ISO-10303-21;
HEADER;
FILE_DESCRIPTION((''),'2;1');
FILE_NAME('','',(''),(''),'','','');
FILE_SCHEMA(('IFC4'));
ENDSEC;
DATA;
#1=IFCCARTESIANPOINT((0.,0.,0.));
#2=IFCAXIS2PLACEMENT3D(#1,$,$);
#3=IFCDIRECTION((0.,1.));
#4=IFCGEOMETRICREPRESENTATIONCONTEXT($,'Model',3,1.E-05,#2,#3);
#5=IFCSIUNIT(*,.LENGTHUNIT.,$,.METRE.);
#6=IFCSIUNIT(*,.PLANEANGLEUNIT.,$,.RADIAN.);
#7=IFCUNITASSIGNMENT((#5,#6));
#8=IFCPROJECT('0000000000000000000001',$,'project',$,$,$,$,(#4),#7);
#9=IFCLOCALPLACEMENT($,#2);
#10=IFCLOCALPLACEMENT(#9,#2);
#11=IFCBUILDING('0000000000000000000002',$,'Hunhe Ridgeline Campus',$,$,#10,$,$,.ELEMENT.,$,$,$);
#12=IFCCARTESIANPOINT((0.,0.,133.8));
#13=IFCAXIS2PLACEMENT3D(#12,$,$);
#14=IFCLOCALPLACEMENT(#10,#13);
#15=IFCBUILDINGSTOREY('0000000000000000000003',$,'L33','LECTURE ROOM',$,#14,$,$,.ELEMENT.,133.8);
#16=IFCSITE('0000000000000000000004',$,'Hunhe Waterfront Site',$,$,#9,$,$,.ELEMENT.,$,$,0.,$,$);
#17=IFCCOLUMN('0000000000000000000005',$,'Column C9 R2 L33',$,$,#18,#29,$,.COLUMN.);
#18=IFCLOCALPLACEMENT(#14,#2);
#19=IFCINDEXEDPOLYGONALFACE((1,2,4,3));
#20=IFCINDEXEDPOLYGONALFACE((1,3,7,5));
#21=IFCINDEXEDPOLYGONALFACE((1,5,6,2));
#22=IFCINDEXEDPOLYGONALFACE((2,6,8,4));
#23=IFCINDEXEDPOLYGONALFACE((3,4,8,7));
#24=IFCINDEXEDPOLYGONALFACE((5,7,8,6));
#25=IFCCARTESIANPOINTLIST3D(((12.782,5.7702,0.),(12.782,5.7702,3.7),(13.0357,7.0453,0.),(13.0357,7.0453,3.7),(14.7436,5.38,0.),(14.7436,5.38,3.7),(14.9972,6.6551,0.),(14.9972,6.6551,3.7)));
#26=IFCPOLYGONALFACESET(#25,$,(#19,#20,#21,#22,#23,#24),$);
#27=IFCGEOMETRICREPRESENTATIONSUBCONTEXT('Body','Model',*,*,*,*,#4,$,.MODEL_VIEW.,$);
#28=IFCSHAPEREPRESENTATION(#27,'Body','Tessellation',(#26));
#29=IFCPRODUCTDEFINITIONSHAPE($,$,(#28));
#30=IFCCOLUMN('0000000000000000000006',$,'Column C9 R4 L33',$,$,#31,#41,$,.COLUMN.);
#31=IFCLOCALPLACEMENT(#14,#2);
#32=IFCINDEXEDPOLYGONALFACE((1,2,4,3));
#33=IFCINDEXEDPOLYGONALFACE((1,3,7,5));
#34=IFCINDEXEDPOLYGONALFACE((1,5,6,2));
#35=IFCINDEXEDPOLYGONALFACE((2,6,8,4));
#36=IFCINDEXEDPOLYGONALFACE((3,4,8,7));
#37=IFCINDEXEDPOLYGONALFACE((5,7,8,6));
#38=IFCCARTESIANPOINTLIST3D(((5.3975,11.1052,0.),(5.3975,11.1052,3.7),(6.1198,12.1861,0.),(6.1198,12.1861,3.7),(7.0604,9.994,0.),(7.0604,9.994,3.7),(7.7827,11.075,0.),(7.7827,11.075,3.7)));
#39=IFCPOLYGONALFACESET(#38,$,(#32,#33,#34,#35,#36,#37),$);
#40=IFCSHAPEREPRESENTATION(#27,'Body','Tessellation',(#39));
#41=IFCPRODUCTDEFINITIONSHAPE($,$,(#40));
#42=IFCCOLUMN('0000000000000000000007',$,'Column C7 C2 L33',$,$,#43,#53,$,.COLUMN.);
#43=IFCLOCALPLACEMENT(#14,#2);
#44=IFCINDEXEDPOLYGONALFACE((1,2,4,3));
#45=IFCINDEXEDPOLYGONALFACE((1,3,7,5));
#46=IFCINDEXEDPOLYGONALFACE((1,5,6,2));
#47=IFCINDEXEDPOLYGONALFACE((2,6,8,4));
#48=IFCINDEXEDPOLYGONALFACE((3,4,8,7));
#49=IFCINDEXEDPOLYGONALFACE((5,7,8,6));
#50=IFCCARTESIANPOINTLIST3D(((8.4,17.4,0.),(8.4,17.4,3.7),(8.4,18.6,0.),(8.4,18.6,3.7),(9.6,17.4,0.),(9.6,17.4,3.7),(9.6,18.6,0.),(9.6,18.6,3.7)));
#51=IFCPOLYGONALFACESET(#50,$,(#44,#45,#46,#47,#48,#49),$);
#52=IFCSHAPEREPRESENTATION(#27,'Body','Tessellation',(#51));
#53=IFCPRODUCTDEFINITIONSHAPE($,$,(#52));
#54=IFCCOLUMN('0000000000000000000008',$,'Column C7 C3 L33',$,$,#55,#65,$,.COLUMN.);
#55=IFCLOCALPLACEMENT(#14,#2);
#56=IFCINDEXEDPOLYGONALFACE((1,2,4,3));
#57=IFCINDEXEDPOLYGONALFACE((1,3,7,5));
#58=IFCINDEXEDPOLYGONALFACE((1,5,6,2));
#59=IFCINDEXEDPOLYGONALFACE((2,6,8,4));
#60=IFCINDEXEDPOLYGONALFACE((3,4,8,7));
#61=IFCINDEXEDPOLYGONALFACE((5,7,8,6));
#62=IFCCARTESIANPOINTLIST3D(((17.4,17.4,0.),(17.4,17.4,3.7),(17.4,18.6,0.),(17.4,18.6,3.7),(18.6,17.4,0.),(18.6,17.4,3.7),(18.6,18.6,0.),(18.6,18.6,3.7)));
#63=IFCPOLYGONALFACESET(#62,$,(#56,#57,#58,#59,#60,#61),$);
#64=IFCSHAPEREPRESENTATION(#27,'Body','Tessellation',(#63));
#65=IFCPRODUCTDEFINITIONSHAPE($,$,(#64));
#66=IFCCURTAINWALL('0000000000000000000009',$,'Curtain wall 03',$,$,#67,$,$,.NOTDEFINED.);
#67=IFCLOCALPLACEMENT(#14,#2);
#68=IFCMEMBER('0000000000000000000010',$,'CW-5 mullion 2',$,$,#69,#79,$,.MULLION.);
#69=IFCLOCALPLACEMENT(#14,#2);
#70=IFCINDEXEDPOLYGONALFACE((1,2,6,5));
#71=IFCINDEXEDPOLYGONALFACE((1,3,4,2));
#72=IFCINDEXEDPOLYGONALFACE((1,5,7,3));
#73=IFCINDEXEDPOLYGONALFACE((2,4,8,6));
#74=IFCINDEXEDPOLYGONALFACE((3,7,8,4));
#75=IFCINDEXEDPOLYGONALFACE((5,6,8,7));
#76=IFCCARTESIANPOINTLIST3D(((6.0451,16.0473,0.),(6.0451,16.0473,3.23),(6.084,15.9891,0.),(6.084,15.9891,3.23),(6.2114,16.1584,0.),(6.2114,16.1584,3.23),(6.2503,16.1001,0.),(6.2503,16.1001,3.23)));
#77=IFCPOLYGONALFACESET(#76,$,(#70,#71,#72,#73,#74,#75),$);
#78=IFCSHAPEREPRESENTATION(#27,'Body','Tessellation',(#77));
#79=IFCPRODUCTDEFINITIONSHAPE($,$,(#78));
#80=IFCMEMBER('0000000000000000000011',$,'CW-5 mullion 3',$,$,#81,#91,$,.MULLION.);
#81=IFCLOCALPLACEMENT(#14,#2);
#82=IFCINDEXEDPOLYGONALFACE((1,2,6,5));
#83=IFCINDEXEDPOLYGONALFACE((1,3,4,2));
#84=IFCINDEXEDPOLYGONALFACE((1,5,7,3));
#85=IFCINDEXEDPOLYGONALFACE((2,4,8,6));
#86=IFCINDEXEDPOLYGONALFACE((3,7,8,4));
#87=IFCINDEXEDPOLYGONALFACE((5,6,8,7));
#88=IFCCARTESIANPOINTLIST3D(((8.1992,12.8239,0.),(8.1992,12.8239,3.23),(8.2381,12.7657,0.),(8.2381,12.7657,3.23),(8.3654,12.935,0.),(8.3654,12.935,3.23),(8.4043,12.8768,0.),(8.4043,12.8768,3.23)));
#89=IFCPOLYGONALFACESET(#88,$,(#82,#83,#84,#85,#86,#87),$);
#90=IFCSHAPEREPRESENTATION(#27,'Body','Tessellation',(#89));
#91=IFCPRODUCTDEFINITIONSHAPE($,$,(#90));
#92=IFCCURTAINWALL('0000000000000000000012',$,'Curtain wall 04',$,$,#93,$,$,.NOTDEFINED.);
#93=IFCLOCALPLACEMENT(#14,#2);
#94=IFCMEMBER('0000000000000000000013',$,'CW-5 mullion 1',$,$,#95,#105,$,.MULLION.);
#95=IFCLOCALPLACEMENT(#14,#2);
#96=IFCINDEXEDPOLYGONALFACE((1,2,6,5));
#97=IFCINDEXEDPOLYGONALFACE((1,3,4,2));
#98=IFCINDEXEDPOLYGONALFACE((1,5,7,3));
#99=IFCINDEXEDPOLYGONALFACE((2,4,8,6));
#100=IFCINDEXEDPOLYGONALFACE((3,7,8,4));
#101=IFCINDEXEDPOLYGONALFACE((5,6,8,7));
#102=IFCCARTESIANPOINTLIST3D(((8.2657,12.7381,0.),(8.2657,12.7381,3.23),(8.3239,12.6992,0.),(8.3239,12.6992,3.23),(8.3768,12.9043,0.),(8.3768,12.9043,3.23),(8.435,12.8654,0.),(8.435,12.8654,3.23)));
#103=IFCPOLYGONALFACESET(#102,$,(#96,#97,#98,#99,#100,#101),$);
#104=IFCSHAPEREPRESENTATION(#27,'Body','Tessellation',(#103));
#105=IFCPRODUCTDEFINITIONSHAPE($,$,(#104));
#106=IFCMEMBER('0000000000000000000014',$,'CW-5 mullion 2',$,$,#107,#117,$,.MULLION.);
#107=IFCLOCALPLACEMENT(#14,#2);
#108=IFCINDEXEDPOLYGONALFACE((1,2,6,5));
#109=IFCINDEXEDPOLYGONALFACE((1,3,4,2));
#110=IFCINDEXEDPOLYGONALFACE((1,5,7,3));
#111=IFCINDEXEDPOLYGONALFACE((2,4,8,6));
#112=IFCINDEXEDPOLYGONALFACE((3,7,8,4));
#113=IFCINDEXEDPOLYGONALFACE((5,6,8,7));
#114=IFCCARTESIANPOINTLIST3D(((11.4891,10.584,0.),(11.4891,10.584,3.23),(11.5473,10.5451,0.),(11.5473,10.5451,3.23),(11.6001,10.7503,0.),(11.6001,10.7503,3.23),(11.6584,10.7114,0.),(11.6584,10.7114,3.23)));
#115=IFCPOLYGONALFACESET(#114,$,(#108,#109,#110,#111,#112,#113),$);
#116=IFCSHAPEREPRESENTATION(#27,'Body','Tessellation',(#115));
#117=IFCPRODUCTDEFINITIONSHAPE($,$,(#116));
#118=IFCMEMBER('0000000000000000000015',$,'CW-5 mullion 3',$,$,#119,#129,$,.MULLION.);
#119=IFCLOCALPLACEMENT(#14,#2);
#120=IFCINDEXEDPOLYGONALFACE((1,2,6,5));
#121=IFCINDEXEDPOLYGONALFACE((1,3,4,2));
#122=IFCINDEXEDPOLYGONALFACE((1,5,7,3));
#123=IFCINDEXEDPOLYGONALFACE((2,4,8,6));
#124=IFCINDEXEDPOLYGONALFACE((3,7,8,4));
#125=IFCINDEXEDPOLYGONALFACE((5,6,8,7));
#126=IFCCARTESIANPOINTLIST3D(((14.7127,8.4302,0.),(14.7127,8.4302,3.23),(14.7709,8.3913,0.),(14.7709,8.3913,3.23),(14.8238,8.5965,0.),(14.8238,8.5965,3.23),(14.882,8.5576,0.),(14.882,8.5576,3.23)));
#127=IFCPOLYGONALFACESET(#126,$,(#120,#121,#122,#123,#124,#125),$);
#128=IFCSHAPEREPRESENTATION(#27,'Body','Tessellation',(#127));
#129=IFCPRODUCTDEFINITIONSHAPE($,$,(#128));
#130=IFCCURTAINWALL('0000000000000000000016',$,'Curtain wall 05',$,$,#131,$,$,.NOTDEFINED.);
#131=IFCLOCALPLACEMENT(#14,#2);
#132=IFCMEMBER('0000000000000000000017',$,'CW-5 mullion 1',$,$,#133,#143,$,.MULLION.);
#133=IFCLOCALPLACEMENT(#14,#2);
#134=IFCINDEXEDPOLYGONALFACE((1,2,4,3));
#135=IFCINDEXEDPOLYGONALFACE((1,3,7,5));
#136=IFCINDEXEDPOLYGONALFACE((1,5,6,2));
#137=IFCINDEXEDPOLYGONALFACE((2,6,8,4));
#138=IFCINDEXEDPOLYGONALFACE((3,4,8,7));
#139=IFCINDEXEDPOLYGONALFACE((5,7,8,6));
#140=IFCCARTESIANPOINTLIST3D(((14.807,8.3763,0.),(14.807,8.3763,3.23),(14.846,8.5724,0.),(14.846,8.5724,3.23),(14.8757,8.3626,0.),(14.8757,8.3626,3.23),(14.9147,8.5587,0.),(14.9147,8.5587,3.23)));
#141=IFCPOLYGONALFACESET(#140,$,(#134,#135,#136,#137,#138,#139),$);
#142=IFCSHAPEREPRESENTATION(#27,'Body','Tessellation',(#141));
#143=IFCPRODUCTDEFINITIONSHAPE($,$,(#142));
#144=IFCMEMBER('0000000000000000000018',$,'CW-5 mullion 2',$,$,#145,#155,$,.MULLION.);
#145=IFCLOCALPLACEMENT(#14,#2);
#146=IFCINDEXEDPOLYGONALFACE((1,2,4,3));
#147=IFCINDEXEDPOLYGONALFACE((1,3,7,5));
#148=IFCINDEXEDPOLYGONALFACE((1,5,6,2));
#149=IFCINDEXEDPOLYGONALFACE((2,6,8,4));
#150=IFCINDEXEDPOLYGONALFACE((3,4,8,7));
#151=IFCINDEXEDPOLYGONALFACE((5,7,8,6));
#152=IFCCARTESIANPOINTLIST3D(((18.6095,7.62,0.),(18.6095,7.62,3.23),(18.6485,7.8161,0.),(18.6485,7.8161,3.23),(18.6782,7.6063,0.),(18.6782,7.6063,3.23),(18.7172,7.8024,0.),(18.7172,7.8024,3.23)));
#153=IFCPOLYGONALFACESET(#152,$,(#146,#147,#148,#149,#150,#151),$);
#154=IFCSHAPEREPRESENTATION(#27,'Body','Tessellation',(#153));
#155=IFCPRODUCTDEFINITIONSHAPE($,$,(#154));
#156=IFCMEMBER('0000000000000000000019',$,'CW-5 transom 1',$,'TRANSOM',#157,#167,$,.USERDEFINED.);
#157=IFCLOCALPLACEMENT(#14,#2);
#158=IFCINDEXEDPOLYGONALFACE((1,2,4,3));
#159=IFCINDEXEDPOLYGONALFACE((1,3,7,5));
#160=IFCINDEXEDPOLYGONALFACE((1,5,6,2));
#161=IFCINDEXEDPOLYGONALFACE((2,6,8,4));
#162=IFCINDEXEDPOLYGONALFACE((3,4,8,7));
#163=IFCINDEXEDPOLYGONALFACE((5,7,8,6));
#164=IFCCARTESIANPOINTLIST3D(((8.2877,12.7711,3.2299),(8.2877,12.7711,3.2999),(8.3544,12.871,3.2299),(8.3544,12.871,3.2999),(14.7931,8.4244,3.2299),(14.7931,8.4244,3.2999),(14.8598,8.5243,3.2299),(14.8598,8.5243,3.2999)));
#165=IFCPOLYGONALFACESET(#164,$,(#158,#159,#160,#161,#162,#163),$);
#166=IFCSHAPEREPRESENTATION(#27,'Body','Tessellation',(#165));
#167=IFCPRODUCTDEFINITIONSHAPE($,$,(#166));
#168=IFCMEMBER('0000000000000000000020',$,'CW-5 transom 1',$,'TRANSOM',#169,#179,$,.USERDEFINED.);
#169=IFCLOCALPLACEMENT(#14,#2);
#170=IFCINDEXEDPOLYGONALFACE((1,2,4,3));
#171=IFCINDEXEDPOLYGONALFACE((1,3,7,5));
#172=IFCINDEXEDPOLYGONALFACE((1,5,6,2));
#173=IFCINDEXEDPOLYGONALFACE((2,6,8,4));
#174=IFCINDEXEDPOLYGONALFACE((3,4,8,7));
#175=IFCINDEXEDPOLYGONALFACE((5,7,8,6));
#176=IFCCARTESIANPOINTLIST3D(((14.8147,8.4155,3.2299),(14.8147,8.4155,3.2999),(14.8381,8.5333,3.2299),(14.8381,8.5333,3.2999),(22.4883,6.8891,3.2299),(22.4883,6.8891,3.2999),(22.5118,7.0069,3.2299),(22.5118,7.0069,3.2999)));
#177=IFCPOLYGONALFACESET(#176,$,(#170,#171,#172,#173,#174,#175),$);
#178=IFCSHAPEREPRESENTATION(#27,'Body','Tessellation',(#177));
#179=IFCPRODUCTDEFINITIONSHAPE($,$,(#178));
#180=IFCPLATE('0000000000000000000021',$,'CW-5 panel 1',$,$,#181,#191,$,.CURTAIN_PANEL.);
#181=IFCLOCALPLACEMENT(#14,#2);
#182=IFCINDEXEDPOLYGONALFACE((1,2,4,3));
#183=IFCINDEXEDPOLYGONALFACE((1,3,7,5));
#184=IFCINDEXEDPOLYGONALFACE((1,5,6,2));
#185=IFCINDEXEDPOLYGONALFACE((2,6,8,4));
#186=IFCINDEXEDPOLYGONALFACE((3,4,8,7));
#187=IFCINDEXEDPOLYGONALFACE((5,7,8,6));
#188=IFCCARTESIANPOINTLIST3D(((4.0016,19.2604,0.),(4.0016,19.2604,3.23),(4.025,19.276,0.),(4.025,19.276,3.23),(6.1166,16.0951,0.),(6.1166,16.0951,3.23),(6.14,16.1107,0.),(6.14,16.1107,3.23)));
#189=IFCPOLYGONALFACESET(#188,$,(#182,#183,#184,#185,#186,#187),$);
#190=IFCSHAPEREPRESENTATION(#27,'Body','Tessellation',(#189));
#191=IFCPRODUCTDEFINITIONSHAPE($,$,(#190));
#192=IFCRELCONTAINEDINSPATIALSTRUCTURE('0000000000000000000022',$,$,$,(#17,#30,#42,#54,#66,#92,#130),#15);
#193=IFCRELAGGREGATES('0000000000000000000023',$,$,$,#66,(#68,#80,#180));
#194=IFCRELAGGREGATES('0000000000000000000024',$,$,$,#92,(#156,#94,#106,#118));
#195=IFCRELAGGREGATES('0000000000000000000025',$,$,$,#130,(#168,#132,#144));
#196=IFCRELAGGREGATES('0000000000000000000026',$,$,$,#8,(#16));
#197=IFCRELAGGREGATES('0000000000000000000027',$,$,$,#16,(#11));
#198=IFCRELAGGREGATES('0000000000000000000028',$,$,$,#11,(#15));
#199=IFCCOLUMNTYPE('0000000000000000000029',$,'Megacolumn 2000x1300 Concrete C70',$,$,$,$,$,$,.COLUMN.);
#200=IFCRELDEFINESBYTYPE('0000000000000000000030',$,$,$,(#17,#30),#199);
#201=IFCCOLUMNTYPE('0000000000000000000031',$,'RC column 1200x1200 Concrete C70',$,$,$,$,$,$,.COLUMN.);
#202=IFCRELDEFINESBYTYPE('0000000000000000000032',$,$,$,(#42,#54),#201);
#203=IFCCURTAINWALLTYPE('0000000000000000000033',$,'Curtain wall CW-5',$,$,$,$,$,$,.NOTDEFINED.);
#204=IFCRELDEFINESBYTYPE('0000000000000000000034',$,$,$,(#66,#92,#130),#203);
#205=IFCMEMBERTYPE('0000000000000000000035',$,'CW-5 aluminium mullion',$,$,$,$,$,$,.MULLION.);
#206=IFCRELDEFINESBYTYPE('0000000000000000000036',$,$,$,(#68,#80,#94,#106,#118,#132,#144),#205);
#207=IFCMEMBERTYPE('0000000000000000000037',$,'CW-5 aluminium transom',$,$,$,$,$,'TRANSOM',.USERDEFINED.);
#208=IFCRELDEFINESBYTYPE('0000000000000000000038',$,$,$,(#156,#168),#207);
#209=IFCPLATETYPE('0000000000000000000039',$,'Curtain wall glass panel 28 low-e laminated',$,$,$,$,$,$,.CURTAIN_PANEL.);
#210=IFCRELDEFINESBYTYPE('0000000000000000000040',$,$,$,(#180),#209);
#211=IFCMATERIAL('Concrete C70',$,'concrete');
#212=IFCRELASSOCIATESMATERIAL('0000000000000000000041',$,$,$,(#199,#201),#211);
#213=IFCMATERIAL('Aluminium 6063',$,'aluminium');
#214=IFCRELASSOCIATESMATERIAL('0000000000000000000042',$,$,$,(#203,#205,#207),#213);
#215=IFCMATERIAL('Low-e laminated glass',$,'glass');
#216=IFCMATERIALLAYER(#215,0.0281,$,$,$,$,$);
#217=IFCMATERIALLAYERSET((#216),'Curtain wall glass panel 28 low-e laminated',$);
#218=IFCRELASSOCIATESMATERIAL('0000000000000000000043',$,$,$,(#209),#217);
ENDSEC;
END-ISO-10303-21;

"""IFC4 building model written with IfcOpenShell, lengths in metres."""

from ifc_helpers import new_model, si_unit, direction, frame, origin, origin_2d, place, context, subcontext, project, spatial, rectangle, extrude, material, layer, layer_set, material_profile, profile_set, type_object, element, aggregate, save


model = new_model("IFC4")

# Units and contexts
model_context = context("Model", 3, precision=1e-05, world=origin(), true_north=direction((0.0, 1.0)))
body_context = subcontext(model_context, "Body", "Model", "MODEL_VIEW")
ifc_project = project(units=[si_unit("LENGTHUNIT", "METRE"), si_unit("PLANEANGLEUNIT", "RADIAN")], contexts=[model_context])

# Site, building, storey
site_placement = place(None, origin())
site = spatial("IfcSite", under=ifc_project, at=site_placement, Name="Hunhe Waterfront Site", CompositionType="ELEMENT", RefElevation=0.0)
building_placement = place(site_placement, origin())
building = spatial("IfcBuilding", under=site, at=building_placement, Name="Hunhe Ridgeline Campus", CompositionType="ELEMENT")
storey_placement = place(building_placement, frame((0.0, 0.0, 133.8)))
storey = spatial("IfcBuildingStorey", under=building, at=storey_placement, Name="L33", Description="LECTURE ROOM", CompositionType="ELEMENT", Elevation=133.8)

# Columns
ifc_material_1 = material(Name="Concrete C70", Category="concrete")
ifc_material_profile_1 = material_profile(ifc_material_1, rectangle(XDim=2.0, YDim=1.3, at=origin_2d()))
ifc_profile_set_1 = profile_set([ifc_material_profile_1], Name="Concrete C70")
column_type_1 = type_object("IfcColumnType", Name="Megacolumn 2000x1300 Concrete C70", PredefinedType="COLUMN", material=ifc_profile_set_1)
for number, where, z_axis, x_axis, name in (
    (1, (13.8896, 6.2126, 0.0), (0.0, 0.0, 1.0), (-0.980785, 0.19509, 0.0), "Column C9 R2 L33"),
    (2, (6.5901, 11.0901, 0.0), (0.0, 0.0, 1.0), (-0.83147, 0.55557, 0.0), "Column C9 R4 L33"),
):
    element("IfcColumn", number, at=place(storey_placement, frame(where, z_axis=z_axis, x_axis=x_axis)), inside=storey, type_object=column_type_1, Name=name, PredefinedType="COLUMN", context=body_context, shape_type="SweptSolid", body=[
        extrude(rectangle(XDim=2.0, YDim=1.3, at=origin_2d()), origin(), (0.0, 0.0, 1.0), 3.7),
    ])
ifc_material_profile_2 = material_profile(ifc_material_1, rectangle(XDim=1.2, YDim=1.2, at=origin_2d()))
ifc_profile_set_2 = profile_set([ifc_material_profile_2], Name="Concrete C70")
column_type_2 = type_object("IfcColumnType", Name="RC column 1200x1200 Concrete C70", PredefinedType="COLUMN", material=ifc_profile_set_2)
for number, where, z_axis, x_axis, name in (
    (3, (9.0, 18.0, 0.0), (0.0, 0.0, 1.0), (1.0, 0.0, 0.0), "Column C7 C2 L33"),
    (4, (18.0, 18.0, 0.0), (0.0, 0.0, 1.0), (1.0, 0.0, 0.0), "Column C7 C3 L33"),
):
    element("IfcColumn", number, at=place(storey_placement, frame(where, z_axis=z_axis, x_axis=x_axis)), inside=storey, type_object=column_type_2, Name=name, PredefinedType="COLUMN", context=body_context, shape_type="SweptSolid", body=[
        extrude(rectangle(XDim=1.2, YDim=1.2, at=origin_2d()), origin(), (0.0, 0.0, 1.0), 3.7),
    ])

# Curtain walls, members
ifc_material_2 = material(Name="Aluminium 6063", Category="aluminium")
curtain_wall_type = type_object("IfcCurtainWallType", Name="Curtain wall CW-5", PredefinedType="NOTDEFINED", material=ifc_material_2)
curtain_wall_1_placement = place(storey_placement, origin())
curtain_wall_1 = element("IfcCurtainWall", 5, at=curtain_wall_1_placement, inside=storey, type_object=curtain_wall_type, Name="Curtain wall 03", PredefinedType="NOTDEFINED")
ifc_material_profile_3 = material_profile(ifc_material_2, rectangle(XDim=0.2, YDim=0.0701, at=origin_2d()))
ifc_profile_set_3 = profile_set([ifc_material_profile_3], Name="Aluminium 6063")
member_type_1 = type_object("IfcMemberType", Name="CW-5 aluminium mullion", PredefinedType="MULLION", material=ifc_profile_set_3)
member_1_placement = place(storey_placement, frame((6.1477, 16.0737, 0.0), z_axis=(0.0, 0.0, 1.0), x_axis=(0.83147, 0.55557, 0.0)))
member_1 = element("IfcMember", 6, at=member_1_placement, type_object=member_type_1, Name="CW-5 mullion 2", PredefinedType="MULLION", context=body_context, shape_type="SweptSolid", body=[
    extrude(rectangle(XDim=0.2, YDim=0.0701, at=origin_2d()), origin(), (0.0, 0.0, 1.0), 3.23),
])
member_2_placement = place(storey_placement, frame((8.3018, 12.8503, 0.0), z_axis=(0.0, 0.0, 1.0), x_axis=(0.83147, 0.55557, 0.0)))
member_2 = element("IfcMember", 7, at=member_2_placement, type_object=member_type_1, Name="CW-5 mullion 3", PredefinedType="MULLION", context=body_context, shape_type="SweptSolid", body=[
    extrude(rectangle(XDim=0.2, YDim=0.0701, at=origin_2d()), origin(), (0.0, 0.0, 1.0), 3.23),
])
curtain_wall_2_placement = place(storey_placement, origin())
curtain_wall_2 = element("IfcCurtainWall", 8, at=curtain_wall_2_placement, inside=storey, type_object=curtain_wall_type, Name="Curtain wall 04", PredefinedType="NOTDEFINED")
member_3_placement = place(storey_placement, frame((8.3503, 12.8018, 0.0), z_axis=(0.0, 0.0, 1.0), x_axis=(0.55557, 0.83147, 0.0)))
member_3 = element("IfcMember", 9, at=member_3_placement, type_object=member_type_1, Name="CW-5 mullion 1", PredefinedType="MULLION", context=body_context, shape_type="SweptSolid", body=[
    extrude(rectangle(XDim=0.2, YDim=0.0701, at=origin_2d()), origin(), (0.0, 0.0, 1.0), 3.23),
])
member_4_placement = place(storey_placement, frame((11.5737, 10.6477, 0.0), z_axis=(0.0, 0.0, 1.0), x_axis=(0.55557, 0.83147, 0.0)))
member_4 = element("IfcMember", 10, at=member_4_placement, type_object=member_type_1, Name="CW-5 mullion 2", PredefinedType="MULLION", context=body_context, shape_type="SweptSolid", body=[
    extrude(rectangle(XDim=0.2, YDim=0.0701, at=origin_2d()), origin(), (0.0, 0.0, 1.0), 3.23),
])
member_5_placement = place(storey_placement, frame((14.7974, 8.4939, 0.0), z_axis=(0.0, 0.0, 1.0), x_axis=(0.55557, 0.83147, 0.0)))
member_5 = element("IfcMember", 11, at=member_5_placement, type_object=member_type_1, Name="CW-5 mullion 3", PredefinedType="MULLION", context=body_context, shape_type="SweptSolid", body=[
    extrude(rectangle(XDim=0.2, YDim=0.0701, at=origin_2d()), origin(), (0.0, 0.0, 1.0), 3.23),
])
curtain_wall_3_placement = place(storey_placement, origin())
curtain_wall_3 = element("IfcCurtainWall", 12, at=curtain_wall_3_placement, inside=storey, type_object=curtain_wall_type, Name="Curtain wall 05", PredefinedType="NOTDEFINED")
member_6_placement = place(storey_placement, frame((14.8608, 8.4675, 0.0), z_axis=(0.0, 0.0, 1.0), x_axis=(0.19509, 0.980785, 0.0)))
member_6 = element("IfcMember", 13, at=member_6_placement, type_object=member_type_1, Name="CW-5 mullion 1", PredefinedType="MULLION", context=body_context, shape_type="SweptSolid", body=[
    extrude(rectangle(XDim=0.2, YDim=0.0701, at=origin_2d()), origin(), (0.0, 0.0, 1.0), 3.23),
])
member_7_placement = place(storey_placement, frame((18.6633, 7.7112, 0.0), z_axis=(0.0, 0.0, 1.0), x_axis=(0.19509, 0.980785, 0.0)))
member_7 = element("IfcMember", 14, at=member_7_placement, type_object=member_type_1, Name="CW-5 mullion 2", PredefinedType="MULLION", context=body_context, shape_type="SweptSolid", body=[
    extrude(rectangle(XDim=0.2, YDim=0.0701, at=origin_2d()), origin(), (0.0, 0.0, 1.0), 3.23),
])

# Members
ifc_material_profile_4 = material_profile(ifc_material_2, rectangle(XDim=0.1201, YDim=0.0701, at=origin_2d()))
ifc_profile_set_4 = profile_set([ifc_material_profile_4], Name="Aluminium 6063")
member_type_2 = type_object("IfcMemberType", Name="CW-5 aluminium transom", ElementType="TRANSOM", PredefinedType="USERDEFINED", material=ifc_profile_set_4)
member_8_placement = place(storey_placement, frame((8.321, 12.821, 3.2649), z_axis=(0.831474, -0.555564, 0.0), x_axis=(0.555564, 0.831474, 0.0)))
member_8 = element("IfcMember", 15, at=member_8_placement, type_object=member_type_2, Name="CW-5 transom 1", ObjectType="TRANSOM", PredefinedType="USERDEFINED", context=body_context, shape_type="SweptSolid", body=[
    extrude(rectangle(XDim=0.1201, YDim=0.0701, at=origin_2d()), origin(), (0.0, 0.0, 1.0), 7.824),
])
member_9_placement = place(storey_placement, frame((14.8264, 8.4744, 3.2649), z_axis=(0.980785, -0.19509, 0.0), x_axis=(0.19509, 0.980785, 0.0)))
member_9 = element("IfcMember", 16, at=member_9_placement, type_object=member_type_2, Name="CW-5 transom 1", ObjectType="TRANSOM", PredefinedType="USERDEFINED", context=body_context, shape_type="SweptSolid", body=[
    extrude(rectangle(XDim=0.1201, YDim=0.0701, at=origin_2d()), origin(), (0.0, 0.0, 1.0), 7.824),
])

# Plate
ifc_material_3 = material(Name="Low-e laminated glass", Category="glass")
ifc_layer_1 = layer(ifc_material_3, 0.0281)
ifc_layer_set_1 = layer_set([ifc_layer_1], Name="Curtain wall glass panel 28 low-e laminated")
plate_type = type_object("IfcPlateType", Name="Curtain wall glass panel 28 low-e laminated", PredefinedType="CURTAIN_PANEL", material=ifc_layer_set_1)
plate_1_placement = place(storey_placement, frame((5.0708, 17.6855, 0.0), z_axis=(0.0, 0.0, 1.0), x_axis=(0.55557, -0.83147, 0.0)))
plate_1 = element("IfcPlate", 17, at=plate_1_placement, type_object=plate_type, Name="CW-5 panel 1", PredefinedType="CURTAIN_PANEL", context=body_context, shape_type="SweptSolid", body=[
    extrude(rectangle(XDim=3.8069, YDim=0.0281, at=origin_2d()), origin(), (0.0, 0.0, 1.0), 3.23),
])
aggregate(curtain_wall_1, [member_1, member_2, plate_1])
aggregate(curtain_wall_2, [member_8, member_3, member_4, member_5])
aggregate(curtain_wall_3, [member_9, member_6, member_7])

save(model, "model.ifc")
